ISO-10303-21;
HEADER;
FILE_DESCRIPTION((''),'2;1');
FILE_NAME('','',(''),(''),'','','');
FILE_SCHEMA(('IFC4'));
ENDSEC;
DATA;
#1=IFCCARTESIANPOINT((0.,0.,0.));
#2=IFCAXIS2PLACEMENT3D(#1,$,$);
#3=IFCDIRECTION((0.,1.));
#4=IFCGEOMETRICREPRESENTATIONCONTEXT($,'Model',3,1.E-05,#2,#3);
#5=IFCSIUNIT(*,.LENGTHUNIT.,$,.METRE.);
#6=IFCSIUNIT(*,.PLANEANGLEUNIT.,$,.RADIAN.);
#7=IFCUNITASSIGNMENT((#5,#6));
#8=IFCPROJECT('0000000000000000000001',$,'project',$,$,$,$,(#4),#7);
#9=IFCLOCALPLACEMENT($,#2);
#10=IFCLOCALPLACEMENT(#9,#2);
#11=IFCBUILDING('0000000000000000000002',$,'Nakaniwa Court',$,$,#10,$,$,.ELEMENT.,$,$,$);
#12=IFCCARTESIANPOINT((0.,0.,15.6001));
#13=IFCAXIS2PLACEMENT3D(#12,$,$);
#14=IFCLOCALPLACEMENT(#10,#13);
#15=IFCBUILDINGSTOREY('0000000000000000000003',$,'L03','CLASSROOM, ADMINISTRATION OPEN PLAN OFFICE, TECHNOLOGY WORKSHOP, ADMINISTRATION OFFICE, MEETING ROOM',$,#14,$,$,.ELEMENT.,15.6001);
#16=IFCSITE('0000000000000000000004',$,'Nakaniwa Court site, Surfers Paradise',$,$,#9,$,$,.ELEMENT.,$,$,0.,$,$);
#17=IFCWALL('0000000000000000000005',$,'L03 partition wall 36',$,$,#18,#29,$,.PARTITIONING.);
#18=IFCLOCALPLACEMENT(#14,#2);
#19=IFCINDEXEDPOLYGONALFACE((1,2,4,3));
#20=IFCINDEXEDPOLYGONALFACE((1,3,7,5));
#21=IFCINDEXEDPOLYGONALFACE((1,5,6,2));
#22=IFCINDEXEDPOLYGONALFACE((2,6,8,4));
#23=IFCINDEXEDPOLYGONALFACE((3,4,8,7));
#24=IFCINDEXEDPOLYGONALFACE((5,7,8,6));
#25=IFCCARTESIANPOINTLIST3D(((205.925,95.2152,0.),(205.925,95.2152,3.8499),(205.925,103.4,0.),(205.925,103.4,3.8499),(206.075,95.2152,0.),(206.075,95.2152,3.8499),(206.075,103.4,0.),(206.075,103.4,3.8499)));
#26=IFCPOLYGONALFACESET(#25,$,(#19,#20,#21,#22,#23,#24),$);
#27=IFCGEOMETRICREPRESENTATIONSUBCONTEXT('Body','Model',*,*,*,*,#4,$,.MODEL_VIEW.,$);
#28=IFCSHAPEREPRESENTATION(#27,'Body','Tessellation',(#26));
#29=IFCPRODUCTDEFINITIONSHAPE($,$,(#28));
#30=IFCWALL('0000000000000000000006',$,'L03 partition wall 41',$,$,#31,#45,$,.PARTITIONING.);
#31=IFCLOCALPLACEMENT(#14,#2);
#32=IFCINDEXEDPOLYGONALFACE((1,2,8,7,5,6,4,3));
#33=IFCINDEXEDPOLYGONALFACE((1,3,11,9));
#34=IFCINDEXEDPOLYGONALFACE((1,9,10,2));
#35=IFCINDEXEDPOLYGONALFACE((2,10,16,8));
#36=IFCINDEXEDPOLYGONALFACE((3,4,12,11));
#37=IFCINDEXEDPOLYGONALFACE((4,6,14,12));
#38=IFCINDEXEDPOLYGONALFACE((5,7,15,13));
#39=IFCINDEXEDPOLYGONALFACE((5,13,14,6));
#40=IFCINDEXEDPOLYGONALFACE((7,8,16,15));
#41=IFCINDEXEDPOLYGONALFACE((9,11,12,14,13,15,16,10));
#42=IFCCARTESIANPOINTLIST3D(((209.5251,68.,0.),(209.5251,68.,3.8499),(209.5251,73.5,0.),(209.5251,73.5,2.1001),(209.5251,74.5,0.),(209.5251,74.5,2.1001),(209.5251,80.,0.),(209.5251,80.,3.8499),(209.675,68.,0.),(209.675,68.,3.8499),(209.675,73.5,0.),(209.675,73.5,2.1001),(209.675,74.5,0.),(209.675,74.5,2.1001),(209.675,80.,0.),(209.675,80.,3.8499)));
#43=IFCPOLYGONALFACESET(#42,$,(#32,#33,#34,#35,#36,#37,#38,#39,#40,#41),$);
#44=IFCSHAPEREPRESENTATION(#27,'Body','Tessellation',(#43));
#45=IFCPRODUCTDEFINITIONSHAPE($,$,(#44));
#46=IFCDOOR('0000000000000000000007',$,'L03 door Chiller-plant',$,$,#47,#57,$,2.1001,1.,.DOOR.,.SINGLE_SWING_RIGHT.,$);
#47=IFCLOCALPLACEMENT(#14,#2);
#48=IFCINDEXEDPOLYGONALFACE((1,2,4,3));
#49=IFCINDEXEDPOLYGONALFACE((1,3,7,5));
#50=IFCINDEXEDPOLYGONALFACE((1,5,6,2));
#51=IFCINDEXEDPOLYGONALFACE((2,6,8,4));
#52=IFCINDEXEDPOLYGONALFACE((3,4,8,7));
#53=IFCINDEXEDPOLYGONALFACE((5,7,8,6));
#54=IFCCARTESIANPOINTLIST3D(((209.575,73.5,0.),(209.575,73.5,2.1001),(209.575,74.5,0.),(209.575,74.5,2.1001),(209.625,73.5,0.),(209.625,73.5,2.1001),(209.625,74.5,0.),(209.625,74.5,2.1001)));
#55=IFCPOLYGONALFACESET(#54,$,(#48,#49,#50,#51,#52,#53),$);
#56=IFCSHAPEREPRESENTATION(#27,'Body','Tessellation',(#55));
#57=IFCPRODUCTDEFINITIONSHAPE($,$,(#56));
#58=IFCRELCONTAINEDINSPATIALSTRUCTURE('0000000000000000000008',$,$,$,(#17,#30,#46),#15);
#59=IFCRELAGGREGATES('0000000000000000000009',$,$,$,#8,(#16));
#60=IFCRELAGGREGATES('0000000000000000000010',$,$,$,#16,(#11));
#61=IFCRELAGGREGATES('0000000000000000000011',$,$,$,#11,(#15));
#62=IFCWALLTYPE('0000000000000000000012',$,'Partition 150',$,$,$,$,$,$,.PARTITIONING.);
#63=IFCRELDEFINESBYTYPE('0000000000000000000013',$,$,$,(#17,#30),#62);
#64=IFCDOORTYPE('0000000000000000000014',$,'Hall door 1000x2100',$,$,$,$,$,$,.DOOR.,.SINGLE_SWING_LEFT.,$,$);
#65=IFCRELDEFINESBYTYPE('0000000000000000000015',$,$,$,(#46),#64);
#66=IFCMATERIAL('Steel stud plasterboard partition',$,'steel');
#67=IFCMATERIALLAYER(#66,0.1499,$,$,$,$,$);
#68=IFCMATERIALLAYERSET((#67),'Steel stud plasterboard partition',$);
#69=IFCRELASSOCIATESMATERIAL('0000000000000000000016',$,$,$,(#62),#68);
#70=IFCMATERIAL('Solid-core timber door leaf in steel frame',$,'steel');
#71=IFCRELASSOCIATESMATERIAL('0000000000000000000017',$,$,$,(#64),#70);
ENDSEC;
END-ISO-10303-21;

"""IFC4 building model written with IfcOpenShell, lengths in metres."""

from ifc_helpers import new_model, si_unit, direction, frame, frame_2d, origin, place, context, subcontext, project, spatial, rectangle, extrude, material, layer, layer_set, type_object, element, fill, save


model = new_model("IFC4")

# Units and contexts
model_context = context("Model", 3, precision=1e-05, world=origin(), true_north=direction((0.0, 1.0)))
body_context = subcontext(model_context, "Body", "Model", "MODEL_VIEW")
ifc_project = project(units=[si_unit("LENGTHUNIT", "METRE"), si_unit("PLANEANGLEUNIT", "RADIAN")], contexts=[model_context])

# Site, building, storey
site_placement = place(None, origin())
site = spatial("IfcSite", under=ifc_project, at=site_placement, Name="Nakaniwa Court site, Surfers Paradise", CompositionType="ELEMENT", RefElevation=0.0)
building_placement = place(site_placement, origin())
building = spatial("IfcBuilding", under=site, at=building_placement, Name="Nakaniwa Court", CompositionType="ELEMENT")
storey_placement = place(building_placement, frame((0.0, 0.0, 15.6001)))
storey = spatial("IfcBuildingStorey", under=building, at=storey_placement, Name="L03", Description="CLASSROOM, ADMINISTRATION OPEN PLAN OFFICE, TECHNOLOGY WORKSHOP, ADMINISTRATION OFFICE, MEETING ROOM", CompositionType="ELEMENT", Elevation=15.6001)

# Shared definitions
ifc_material_1 = material(Name="Steel stud plasterboard partition", Category="steel")
ifc_layer_1 = layer(ifc_material_1, 0.1499)
ifc_layer_set_1 = layer_set([ifc_layer_1], Name="Steel stud plasterboard partition")
wall_type_1 = type_object("IfcWallType", Name="Partition 150", PredefinedType="PARTITIONING", material=ifc_layer_set_1)
ifc_material_2 = material(Name="Solid-core timber door leaf in steel frame", Category="steel")
door_type = type_object("IfcDoorType", Name="Hall door 1000x2100", OperationType="SINGLE_SWING_LEFT", PredefinedType="DOOR", material=ifc_material_2)

# Wall
wall_1_placement = place(storey_placement, frame((206.0, 103.3999, 0.0), z_axis=(0.0, 0.0, 1.0), x_axis=(0.0, -1.0, 0.0)))
element("IfcWall", 1, at=wall_1_placement, inside=storey, type_object=wall_type_1, Name="L03 partition wall 36", PredefinedType="PARTITIONING", context=body_context, shape_type="SweptSolid", body=[
    extrude(rectangle(XDim=8.1848, YDim=0.1499, at=frame_2d((4.0923, 0.0))), origin(), (0.0, 0.0, 1.0), 3.8499),
])

# Wall, opening, door
wall_2_placement = place(storey_placement, frame((209.6001, 80.0, 0.0), z_axis=(0.0, 0.0, 1.0), x_axis=(0.0, -1.0, 0.0)))
wall_2 = element("IfcWall", 2, at=wall_2_placement, inside=storey, type_object=wall_type_1, Name="L03 partition wall 41", PredefinedType="PARTITIONING", context=body_context, shape_type="SweptSolid", body=[
    extrude(rectangle(XDim=12.0, YDim=0.1499, at=frame_2d((6.0, 0.0))), origin(), (0.0, 0.0, 1.0), 3.8499),
])
opening_1_placement = place(wall_2_placement, frame((5.5, 0.0, 0.0)))
opening_1 = element("IfcOpeningElement", 3, at=opening_1_placement, cuts=wall_2, PredefinedType="OPENING", context=body_context, shape_type="SweptSolid", body=[
    extrude(rectangle(XDim=1.0, YDim=2.1001, at=frame_2d((0.5, 1.05))), frame((0.0, 0.085, 0.0), z_axis=(0.0, -1.0, 0.0), x_axis=(1.0, 0.0, 0.0)), (0.0, 0.0, 1.0), 0.1699),
])
door_1_placement = place(opening_1_placement, origin())
door_1 = element("IfcDoor", 4, at=door_1_placement, inside=storey, type_object=door_type, Name="L03 door Chiller-plant", OperationType="SINGLE_SWING_RIGHT", OverallHeight=2.1001, OverallWidth=1.0, PredefinedType="DOOR", context=body_context, shape_type="SweptSolid", body=[
    extrude(rectangle(XDim=1.0, YDim=2.1001, at=frame_2d((0.5, 1.05))), frame((0.0, 0.0249, 0.0), z_axis=(0.0, -1.0, 0.0), x_axis=(1.0, 0.0, 0.0)), (0.0, 0.0, 1.0), 0.05),
])
fill(opening_1, door_1)

save(model, "model.ifc")
